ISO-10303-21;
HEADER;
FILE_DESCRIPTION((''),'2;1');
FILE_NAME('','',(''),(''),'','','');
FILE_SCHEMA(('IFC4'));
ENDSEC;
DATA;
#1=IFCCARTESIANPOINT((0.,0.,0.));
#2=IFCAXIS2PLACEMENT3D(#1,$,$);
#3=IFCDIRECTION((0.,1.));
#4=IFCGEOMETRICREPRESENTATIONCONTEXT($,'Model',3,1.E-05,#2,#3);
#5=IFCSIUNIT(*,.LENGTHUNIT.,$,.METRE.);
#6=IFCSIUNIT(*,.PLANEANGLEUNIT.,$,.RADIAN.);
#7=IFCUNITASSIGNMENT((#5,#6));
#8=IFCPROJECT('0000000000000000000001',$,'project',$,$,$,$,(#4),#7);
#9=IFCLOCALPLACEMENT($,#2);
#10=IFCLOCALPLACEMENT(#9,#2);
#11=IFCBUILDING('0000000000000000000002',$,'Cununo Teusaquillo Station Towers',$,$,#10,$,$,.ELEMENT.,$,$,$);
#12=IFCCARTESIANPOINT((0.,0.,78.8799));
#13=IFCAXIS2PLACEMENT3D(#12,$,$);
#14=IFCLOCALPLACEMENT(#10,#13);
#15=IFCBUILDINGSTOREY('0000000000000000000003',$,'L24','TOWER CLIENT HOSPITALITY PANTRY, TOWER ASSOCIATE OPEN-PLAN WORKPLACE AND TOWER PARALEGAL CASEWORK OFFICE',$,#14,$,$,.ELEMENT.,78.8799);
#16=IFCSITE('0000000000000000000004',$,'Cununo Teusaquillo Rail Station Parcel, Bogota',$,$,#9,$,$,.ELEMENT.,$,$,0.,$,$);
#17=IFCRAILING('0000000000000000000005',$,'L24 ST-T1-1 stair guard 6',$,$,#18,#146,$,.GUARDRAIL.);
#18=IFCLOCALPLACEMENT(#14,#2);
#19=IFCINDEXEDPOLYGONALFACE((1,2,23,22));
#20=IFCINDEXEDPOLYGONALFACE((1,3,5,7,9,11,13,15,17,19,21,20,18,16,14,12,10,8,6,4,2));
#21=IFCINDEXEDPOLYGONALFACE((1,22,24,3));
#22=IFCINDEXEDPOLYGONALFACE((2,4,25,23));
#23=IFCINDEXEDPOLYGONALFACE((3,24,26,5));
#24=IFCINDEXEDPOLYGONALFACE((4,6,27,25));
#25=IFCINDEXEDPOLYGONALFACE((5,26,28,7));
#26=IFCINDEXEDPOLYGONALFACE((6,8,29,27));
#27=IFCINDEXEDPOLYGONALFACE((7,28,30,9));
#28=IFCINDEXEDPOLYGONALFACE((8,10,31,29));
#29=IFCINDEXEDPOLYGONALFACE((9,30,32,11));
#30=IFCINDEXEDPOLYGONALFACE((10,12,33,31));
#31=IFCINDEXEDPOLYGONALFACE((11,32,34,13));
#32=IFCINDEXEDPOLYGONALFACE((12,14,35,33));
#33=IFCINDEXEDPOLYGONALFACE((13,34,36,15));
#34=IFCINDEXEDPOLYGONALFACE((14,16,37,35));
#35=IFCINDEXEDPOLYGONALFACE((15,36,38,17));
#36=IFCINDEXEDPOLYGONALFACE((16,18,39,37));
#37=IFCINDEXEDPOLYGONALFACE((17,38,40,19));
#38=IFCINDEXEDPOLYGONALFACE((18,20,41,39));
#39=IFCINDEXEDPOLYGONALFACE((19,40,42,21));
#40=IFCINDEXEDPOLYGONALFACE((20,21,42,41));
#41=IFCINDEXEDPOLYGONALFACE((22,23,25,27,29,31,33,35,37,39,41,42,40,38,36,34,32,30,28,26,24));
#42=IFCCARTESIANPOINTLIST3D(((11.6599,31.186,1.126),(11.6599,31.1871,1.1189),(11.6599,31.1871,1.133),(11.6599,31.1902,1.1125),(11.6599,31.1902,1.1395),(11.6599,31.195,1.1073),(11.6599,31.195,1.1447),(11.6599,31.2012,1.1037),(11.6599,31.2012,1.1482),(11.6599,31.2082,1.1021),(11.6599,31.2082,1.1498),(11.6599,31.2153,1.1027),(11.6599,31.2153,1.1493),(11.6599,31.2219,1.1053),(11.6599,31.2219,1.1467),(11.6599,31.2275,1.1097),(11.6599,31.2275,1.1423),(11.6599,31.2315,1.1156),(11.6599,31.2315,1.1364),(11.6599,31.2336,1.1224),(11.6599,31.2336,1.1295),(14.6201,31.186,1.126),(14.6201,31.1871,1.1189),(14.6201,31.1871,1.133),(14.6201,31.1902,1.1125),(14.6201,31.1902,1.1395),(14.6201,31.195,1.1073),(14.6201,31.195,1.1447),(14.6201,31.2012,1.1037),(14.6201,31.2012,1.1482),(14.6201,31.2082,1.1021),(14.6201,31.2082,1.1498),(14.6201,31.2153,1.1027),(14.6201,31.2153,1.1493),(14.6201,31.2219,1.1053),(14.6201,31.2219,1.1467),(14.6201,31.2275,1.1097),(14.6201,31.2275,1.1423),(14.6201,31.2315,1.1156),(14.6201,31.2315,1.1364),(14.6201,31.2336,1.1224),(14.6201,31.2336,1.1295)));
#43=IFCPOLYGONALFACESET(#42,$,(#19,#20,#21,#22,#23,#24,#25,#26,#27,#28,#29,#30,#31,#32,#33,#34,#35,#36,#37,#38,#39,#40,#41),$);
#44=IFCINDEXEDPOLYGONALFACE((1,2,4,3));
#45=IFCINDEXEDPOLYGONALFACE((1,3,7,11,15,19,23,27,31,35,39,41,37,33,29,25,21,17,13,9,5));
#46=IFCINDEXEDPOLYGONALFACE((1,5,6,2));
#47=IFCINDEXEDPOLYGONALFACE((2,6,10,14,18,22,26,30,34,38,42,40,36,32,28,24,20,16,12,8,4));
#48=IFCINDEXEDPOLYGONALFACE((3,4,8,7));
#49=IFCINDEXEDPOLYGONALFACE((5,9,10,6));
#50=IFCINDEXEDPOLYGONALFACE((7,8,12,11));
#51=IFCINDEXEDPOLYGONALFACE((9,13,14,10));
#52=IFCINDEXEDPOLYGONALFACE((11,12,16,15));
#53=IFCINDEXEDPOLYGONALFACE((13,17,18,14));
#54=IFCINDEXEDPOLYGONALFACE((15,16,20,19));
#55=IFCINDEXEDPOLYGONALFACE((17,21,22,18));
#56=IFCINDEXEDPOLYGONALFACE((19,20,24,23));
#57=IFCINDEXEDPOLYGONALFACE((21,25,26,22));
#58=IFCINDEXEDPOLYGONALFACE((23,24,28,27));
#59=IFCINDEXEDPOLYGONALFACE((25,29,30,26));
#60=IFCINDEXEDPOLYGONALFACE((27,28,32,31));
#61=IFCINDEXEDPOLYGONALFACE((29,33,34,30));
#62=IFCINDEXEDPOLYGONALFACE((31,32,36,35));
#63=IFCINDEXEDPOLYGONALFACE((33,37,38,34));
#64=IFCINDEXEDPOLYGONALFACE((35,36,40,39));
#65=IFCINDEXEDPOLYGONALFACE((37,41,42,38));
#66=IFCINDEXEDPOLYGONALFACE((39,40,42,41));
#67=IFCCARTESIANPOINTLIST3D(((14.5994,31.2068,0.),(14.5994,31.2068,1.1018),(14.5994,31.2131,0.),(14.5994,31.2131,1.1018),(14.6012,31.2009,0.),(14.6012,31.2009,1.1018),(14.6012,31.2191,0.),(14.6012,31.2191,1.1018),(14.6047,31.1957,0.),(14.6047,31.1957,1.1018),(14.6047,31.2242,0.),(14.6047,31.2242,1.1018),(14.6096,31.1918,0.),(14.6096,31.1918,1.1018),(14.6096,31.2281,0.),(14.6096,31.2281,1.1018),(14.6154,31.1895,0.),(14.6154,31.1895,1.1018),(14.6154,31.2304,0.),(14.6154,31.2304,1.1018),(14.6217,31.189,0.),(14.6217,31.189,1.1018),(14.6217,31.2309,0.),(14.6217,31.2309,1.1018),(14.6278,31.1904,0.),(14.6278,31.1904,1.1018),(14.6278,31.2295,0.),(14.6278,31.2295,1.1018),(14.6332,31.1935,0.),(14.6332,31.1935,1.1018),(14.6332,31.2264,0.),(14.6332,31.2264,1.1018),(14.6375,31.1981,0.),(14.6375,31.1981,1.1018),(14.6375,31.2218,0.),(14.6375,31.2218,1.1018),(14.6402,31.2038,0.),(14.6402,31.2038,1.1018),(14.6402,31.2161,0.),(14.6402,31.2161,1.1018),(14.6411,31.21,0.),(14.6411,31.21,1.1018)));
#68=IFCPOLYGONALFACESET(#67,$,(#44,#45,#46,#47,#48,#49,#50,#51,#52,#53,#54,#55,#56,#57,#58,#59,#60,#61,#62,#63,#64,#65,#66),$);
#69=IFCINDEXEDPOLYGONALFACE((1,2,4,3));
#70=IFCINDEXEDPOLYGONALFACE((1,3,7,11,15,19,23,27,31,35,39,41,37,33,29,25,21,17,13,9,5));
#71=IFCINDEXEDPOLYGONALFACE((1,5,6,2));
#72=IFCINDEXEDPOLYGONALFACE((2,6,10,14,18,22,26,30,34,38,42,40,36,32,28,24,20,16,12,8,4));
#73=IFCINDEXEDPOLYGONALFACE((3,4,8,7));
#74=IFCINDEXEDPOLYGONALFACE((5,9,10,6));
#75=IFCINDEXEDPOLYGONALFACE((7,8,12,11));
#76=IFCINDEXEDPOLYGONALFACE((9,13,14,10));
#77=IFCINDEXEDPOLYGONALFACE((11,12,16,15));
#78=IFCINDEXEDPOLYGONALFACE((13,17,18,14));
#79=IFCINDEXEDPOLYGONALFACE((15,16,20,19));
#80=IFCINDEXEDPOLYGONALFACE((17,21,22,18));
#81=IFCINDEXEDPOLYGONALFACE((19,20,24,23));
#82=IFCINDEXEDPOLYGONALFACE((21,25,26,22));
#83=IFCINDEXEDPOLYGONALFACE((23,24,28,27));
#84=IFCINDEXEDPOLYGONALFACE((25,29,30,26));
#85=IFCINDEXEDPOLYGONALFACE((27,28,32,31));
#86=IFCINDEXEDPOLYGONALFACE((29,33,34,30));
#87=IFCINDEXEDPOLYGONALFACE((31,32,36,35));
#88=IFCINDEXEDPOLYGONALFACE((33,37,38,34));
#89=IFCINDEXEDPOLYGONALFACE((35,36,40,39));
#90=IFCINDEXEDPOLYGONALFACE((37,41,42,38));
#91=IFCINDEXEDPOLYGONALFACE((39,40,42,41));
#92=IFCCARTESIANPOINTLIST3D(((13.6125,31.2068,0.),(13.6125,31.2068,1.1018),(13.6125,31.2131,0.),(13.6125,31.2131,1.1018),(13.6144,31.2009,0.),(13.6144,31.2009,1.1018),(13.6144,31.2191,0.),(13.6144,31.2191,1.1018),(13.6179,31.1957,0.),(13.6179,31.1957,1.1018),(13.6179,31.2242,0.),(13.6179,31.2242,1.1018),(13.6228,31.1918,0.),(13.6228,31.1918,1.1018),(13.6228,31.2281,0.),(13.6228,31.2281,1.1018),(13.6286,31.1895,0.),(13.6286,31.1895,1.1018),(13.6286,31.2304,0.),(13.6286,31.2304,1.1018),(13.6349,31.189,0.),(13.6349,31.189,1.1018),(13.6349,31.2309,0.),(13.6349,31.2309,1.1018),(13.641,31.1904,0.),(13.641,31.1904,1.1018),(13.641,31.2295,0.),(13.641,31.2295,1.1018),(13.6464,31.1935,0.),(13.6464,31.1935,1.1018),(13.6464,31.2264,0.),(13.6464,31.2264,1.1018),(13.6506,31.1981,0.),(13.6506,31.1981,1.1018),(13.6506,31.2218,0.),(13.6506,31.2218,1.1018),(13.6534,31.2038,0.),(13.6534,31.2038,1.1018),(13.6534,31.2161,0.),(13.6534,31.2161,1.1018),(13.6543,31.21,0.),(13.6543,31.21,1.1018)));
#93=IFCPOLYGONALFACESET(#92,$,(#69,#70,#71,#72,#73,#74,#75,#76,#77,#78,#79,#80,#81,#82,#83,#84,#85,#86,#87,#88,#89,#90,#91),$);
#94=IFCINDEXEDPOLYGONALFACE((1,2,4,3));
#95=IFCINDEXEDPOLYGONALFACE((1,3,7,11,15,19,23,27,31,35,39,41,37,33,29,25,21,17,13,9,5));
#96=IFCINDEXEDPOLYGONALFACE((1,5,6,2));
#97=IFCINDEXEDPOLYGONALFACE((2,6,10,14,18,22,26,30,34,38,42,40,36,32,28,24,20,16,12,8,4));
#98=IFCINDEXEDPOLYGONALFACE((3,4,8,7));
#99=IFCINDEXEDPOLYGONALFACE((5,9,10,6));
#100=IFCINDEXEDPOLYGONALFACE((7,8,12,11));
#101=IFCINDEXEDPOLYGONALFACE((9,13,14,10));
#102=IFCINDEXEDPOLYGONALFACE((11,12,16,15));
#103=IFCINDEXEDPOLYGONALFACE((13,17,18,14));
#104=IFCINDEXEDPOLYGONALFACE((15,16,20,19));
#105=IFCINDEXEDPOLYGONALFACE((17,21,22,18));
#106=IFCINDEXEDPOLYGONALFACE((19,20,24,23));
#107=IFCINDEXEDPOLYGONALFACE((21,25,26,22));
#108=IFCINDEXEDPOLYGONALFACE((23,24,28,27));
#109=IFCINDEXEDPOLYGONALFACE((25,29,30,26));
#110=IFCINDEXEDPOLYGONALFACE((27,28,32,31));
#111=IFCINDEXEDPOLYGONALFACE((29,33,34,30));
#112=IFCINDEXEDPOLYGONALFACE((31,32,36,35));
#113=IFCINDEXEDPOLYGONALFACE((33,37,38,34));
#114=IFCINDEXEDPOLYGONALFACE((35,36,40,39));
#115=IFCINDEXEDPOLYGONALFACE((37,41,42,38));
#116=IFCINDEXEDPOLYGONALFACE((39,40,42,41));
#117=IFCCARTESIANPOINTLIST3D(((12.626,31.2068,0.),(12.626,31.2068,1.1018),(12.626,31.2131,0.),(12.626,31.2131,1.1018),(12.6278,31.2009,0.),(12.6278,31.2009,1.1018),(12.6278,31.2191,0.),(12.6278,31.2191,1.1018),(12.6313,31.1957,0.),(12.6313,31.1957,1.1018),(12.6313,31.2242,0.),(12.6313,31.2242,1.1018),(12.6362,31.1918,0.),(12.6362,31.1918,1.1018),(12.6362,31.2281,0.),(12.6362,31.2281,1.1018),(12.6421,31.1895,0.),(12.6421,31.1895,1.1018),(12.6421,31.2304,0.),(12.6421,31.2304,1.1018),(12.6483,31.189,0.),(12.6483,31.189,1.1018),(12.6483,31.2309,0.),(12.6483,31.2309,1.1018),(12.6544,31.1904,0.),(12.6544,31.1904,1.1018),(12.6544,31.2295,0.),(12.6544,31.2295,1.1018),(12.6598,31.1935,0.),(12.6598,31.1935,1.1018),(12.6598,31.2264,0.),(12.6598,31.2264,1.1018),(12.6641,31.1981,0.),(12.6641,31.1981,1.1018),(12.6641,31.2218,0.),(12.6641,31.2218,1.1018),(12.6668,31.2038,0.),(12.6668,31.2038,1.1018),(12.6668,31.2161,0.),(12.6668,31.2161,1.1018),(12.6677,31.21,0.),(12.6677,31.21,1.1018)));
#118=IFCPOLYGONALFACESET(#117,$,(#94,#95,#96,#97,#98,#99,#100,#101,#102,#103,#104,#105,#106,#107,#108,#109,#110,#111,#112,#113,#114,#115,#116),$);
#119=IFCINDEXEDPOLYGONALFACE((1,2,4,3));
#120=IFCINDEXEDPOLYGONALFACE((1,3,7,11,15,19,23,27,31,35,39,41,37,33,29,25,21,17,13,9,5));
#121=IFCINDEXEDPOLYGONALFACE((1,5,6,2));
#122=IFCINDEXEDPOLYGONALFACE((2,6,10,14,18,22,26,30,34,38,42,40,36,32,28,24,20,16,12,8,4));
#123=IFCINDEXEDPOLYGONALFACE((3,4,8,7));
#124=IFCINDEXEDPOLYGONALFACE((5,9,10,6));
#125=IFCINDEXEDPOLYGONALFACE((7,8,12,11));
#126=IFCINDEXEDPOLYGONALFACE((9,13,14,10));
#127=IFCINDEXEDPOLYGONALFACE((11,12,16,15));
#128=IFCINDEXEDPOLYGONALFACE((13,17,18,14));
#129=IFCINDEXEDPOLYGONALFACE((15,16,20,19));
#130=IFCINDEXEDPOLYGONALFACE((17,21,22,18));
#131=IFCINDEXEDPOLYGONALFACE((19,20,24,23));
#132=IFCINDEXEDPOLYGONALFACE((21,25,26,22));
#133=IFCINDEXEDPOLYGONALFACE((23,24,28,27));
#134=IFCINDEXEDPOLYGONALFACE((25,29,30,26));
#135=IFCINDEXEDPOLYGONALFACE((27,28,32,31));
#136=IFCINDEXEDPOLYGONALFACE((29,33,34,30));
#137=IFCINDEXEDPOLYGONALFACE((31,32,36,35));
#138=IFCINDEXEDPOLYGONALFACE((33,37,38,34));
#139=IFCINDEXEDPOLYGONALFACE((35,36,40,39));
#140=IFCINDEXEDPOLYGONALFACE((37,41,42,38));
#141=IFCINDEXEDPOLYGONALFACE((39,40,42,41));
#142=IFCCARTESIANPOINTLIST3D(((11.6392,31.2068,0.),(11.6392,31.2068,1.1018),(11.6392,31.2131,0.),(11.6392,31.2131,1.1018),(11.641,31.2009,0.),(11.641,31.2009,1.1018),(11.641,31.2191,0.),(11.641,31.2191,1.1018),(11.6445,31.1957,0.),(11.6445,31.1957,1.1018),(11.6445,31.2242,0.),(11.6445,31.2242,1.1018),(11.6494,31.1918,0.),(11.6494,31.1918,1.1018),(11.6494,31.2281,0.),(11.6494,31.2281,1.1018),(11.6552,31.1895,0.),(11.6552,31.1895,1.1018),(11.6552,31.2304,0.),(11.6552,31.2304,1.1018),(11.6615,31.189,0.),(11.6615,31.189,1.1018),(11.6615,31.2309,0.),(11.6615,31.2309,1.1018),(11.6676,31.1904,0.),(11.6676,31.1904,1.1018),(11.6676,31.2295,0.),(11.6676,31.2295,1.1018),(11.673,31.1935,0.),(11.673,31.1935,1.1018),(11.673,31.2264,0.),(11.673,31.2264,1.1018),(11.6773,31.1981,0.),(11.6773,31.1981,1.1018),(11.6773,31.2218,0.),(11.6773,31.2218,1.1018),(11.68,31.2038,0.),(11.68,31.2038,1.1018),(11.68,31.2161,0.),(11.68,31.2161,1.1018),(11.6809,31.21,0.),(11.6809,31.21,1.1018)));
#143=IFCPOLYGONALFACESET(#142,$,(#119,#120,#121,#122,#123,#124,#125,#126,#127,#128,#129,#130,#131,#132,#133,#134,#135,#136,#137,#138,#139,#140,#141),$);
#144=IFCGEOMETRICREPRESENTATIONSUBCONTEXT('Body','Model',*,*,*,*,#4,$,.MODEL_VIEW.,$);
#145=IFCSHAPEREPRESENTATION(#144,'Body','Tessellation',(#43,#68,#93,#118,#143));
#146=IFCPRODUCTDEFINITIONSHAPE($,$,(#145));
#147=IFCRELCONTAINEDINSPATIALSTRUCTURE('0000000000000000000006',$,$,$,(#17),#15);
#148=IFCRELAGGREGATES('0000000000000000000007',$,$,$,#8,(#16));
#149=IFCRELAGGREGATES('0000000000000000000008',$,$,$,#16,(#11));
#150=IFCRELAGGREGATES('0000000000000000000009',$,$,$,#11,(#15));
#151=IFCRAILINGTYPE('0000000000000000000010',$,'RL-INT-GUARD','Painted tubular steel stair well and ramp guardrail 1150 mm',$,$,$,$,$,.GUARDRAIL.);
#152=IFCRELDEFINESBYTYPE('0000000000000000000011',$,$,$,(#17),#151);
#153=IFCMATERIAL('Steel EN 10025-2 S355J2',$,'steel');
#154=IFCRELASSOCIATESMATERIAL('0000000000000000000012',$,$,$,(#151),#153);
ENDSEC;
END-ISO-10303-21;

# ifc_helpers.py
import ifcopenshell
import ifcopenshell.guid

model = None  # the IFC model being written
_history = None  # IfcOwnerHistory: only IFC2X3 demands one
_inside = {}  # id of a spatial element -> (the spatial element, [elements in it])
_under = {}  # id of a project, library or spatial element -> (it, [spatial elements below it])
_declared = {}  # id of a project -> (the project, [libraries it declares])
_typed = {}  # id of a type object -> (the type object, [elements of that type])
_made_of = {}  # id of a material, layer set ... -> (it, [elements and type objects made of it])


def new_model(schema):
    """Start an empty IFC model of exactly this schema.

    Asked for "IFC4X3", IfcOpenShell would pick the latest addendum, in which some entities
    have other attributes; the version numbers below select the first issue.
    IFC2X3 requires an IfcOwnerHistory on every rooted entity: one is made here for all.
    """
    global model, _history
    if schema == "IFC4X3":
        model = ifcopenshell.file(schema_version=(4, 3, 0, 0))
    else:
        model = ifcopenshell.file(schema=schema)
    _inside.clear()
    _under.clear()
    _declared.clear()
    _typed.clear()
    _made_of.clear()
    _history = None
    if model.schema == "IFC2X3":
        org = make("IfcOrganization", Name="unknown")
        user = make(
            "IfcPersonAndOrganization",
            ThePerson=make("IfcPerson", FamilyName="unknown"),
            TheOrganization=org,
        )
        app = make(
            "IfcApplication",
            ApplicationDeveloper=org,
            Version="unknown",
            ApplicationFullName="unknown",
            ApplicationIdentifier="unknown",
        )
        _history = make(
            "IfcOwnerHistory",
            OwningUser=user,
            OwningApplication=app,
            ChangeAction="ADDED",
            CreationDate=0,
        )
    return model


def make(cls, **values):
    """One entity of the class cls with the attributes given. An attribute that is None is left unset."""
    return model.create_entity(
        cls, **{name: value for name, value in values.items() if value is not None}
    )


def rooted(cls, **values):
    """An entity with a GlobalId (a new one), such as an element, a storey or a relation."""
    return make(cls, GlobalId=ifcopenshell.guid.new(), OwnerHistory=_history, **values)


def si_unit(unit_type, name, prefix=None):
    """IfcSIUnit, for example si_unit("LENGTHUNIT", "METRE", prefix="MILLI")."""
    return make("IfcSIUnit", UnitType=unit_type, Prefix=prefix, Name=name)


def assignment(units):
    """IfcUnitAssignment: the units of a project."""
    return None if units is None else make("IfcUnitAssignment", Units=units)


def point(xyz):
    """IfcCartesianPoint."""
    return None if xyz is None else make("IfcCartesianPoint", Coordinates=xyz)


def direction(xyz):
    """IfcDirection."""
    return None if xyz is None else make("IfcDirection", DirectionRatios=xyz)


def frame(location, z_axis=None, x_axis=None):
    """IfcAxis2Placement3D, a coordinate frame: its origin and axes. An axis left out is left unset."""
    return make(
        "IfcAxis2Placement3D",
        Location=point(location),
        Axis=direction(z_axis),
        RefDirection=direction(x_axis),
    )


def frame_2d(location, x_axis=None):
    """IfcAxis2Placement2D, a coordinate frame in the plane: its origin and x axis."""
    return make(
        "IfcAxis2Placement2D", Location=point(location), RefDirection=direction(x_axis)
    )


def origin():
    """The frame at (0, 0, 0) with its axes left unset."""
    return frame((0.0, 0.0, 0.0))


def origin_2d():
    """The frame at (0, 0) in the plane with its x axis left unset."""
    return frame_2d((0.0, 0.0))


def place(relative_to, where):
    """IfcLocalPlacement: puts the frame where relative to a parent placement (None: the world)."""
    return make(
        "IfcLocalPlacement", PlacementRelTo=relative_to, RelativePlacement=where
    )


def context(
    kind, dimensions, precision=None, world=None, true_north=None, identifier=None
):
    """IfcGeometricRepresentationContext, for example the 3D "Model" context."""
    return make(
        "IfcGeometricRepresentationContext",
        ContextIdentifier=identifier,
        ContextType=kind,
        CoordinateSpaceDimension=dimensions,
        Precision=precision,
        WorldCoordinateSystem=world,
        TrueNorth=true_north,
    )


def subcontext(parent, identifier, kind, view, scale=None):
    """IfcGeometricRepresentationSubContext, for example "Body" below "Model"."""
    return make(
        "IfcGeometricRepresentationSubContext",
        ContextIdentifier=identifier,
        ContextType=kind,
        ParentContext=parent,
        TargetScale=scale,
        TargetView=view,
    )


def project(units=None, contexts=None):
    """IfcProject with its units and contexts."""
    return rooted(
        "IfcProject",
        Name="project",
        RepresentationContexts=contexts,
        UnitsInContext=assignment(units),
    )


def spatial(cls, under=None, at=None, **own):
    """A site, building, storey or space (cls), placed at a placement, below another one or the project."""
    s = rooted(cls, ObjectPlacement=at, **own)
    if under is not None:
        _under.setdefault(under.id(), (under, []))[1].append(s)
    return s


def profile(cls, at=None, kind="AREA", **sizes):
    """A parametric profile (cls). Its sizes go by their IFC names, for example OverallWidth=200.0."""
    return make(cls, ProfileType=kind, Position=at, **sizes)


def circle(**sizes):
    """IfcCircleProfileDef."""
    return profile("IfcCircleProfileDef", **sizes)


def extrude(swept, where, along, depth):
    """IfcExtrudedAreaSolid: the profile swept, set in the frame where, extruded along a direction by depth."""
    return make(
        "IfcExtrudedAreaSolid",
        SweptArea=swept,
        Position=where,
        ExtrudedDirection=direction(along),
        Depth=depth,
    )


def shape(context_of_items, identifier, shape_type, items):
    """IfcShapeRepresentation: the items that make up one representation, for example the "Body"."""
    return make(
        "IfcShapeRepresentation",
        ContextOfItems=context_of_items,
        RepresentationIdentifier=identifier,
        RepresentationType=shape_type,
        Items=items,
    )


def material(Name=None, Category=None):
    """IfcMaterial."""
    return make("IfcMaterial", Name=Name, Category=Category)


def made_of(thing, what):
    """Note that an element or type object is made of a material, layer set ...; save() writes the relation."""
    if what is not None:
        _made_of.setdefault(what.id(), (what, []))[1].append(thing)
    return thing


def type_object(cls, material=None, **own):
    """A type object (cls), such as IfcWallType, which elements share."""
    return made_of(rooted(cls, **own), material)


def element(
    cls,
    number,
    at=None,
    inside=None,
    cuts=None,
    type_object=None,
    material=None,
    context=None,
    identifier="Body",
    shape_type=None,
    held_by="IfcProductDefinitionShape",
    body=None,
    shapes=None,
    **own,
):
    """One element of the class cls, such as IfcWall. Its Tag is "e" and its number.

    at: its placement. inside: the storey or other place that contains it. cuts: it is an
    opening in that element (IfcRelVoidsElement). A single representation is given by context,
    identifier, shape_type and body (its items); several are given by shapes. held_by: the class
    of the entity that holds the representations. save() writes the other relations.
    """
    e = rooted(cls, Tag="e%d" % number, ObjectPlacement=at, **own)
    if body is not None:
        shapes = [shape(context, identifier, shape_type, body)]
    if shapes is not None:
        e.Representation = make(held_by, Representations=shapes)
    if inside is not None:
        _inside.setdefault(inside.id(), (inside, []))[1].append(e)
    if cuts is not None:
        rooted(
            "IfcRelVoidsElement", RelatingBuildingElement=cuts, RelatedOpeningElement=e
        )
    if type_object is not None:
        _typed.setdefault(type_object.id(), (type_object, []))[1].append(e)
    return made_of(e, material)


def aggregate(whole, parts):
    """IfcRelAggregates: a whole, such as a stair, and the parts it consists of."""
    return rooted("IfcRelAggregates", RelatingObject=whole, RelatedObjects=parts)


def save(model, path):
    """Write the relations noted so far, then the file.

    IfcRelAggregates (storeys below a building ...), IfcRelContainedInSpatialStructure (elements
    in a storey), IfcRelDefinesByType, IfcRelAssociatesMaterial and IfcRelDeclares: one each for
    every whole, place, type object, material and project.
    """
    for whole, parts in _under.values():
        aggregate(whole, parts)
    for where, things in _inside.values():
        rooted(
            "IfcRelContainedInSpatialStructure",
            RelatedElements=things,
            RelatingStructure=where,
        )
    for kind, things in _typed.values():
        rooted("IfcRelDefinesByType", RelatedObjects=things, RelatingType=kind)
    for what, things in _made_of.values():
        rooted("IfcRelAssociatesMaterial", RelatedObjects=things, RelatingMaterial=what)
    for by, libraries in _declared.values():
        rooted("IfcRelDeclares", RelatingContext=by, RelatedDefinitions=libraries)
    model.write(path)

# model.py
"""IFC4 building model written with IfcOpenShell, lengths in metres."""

from ifc_helpers import new_model, si_unit, direction, frame, origin, origin_2d, place, context, subcontext, project, spatial, circle, extrude, material, type_object, element, save


model = new_model("IFC4")

# Units and contexts
model_context = context("Model", 3, precision=1e-05, world=origin(), true_north=direction((0.0, 1.0)))
body_context = subcontext(model_context, "Body", "Model", "MODEL_VIEW")
ifc_project = project(units=[si_unit("LENGTHUNIT", "METRE"), si_unit("PLANEANGLEUNIT", "RADIAN")], contexts=[model_context])

# Site, building, storey
site_placement = place(None, origin())
site = spatial("IfcSite", under=ifc_project, at=site_placement, Name="Cununo Teusaquillo Rail Station Parcel, Bogota", CompositionType="ELEMENT", RefElevation=0.0)
building_placement = place(site_placement, origin())
building = spatial("IfcBuilding", under=site, at=building_placement, Name="Cununo Teusaquillo Station Towers", CompositionType="ELEMENT")
storey_placement = place(building_placement, frame((0.0, 0.0, 78.8799)))
storey = spatial("IfcBuildingStorey", under=building, at=storey_placement, Name="L24", Description="TOWER CLIENT HOSPITALITY PANTRY, TOWER ASSOCIATE OPEN-PLAN WORKPLACE AND TOWER PARALEGAL CASEWORK OFFICE", CompositionType="ELEMENT", Elevation=78.8799)

# Railing
ifc_material_1 = material(Name="Steel EN 10025-2 S355J2", Category="steel")
railing_type_1 = type_object("IfcRailingType", Name="RL-INT-GUARD", Description="Painted tubular steel stair well and ramp guardrail 1150 mm", PredefinedType="GUARDRAIL", material=ifc_material_1)
railing_1_placement = place(storey_placement, frame((14.6201, 31.21, 0.0)))
element("IfcRailing", 1, at=railing_1_placement, inside=storey, type_object=railing_type_1, Name="L24 ST-T1-1 stair guard 6", PredefinedType="GUARDRAIL", context=body_context, shape_type="SweptSolid", body=[
    extrude(circle(Radius=0.0239, at=origin_2d()), frame((0.0, 0.0, 1.126), z_axis=(-1.0, 0.0, 0.0), x_axis=(0.0, -1.0, 0.0)), (0.0, 0.0, 1.0), 2.9602),
    extrude(circle(Radius=0.021, at=origin_2d()), origin(), (0.0, 0.0, 1.0), 1.1018),
    extrude(circle(Radius=0.021, at=origin_2d()), frame((-0.9868, 0.0, 0.0)), (0.0, 0.0, 1.0), 1.1018),
    extrude(circle(Radius=0.021, at=origin_2d()), frame((-1.9734, 0.0, 0.0)), (0.0, 0.0, 1.0), 1.1018),
    extrude(circle(Radius=0.021, at=origin_2d()), frame((-2.9602, 0.0, 0.0)), (0.0, 0.0, 1.0), 1.1018),
])

save(model, "model.ifc")
